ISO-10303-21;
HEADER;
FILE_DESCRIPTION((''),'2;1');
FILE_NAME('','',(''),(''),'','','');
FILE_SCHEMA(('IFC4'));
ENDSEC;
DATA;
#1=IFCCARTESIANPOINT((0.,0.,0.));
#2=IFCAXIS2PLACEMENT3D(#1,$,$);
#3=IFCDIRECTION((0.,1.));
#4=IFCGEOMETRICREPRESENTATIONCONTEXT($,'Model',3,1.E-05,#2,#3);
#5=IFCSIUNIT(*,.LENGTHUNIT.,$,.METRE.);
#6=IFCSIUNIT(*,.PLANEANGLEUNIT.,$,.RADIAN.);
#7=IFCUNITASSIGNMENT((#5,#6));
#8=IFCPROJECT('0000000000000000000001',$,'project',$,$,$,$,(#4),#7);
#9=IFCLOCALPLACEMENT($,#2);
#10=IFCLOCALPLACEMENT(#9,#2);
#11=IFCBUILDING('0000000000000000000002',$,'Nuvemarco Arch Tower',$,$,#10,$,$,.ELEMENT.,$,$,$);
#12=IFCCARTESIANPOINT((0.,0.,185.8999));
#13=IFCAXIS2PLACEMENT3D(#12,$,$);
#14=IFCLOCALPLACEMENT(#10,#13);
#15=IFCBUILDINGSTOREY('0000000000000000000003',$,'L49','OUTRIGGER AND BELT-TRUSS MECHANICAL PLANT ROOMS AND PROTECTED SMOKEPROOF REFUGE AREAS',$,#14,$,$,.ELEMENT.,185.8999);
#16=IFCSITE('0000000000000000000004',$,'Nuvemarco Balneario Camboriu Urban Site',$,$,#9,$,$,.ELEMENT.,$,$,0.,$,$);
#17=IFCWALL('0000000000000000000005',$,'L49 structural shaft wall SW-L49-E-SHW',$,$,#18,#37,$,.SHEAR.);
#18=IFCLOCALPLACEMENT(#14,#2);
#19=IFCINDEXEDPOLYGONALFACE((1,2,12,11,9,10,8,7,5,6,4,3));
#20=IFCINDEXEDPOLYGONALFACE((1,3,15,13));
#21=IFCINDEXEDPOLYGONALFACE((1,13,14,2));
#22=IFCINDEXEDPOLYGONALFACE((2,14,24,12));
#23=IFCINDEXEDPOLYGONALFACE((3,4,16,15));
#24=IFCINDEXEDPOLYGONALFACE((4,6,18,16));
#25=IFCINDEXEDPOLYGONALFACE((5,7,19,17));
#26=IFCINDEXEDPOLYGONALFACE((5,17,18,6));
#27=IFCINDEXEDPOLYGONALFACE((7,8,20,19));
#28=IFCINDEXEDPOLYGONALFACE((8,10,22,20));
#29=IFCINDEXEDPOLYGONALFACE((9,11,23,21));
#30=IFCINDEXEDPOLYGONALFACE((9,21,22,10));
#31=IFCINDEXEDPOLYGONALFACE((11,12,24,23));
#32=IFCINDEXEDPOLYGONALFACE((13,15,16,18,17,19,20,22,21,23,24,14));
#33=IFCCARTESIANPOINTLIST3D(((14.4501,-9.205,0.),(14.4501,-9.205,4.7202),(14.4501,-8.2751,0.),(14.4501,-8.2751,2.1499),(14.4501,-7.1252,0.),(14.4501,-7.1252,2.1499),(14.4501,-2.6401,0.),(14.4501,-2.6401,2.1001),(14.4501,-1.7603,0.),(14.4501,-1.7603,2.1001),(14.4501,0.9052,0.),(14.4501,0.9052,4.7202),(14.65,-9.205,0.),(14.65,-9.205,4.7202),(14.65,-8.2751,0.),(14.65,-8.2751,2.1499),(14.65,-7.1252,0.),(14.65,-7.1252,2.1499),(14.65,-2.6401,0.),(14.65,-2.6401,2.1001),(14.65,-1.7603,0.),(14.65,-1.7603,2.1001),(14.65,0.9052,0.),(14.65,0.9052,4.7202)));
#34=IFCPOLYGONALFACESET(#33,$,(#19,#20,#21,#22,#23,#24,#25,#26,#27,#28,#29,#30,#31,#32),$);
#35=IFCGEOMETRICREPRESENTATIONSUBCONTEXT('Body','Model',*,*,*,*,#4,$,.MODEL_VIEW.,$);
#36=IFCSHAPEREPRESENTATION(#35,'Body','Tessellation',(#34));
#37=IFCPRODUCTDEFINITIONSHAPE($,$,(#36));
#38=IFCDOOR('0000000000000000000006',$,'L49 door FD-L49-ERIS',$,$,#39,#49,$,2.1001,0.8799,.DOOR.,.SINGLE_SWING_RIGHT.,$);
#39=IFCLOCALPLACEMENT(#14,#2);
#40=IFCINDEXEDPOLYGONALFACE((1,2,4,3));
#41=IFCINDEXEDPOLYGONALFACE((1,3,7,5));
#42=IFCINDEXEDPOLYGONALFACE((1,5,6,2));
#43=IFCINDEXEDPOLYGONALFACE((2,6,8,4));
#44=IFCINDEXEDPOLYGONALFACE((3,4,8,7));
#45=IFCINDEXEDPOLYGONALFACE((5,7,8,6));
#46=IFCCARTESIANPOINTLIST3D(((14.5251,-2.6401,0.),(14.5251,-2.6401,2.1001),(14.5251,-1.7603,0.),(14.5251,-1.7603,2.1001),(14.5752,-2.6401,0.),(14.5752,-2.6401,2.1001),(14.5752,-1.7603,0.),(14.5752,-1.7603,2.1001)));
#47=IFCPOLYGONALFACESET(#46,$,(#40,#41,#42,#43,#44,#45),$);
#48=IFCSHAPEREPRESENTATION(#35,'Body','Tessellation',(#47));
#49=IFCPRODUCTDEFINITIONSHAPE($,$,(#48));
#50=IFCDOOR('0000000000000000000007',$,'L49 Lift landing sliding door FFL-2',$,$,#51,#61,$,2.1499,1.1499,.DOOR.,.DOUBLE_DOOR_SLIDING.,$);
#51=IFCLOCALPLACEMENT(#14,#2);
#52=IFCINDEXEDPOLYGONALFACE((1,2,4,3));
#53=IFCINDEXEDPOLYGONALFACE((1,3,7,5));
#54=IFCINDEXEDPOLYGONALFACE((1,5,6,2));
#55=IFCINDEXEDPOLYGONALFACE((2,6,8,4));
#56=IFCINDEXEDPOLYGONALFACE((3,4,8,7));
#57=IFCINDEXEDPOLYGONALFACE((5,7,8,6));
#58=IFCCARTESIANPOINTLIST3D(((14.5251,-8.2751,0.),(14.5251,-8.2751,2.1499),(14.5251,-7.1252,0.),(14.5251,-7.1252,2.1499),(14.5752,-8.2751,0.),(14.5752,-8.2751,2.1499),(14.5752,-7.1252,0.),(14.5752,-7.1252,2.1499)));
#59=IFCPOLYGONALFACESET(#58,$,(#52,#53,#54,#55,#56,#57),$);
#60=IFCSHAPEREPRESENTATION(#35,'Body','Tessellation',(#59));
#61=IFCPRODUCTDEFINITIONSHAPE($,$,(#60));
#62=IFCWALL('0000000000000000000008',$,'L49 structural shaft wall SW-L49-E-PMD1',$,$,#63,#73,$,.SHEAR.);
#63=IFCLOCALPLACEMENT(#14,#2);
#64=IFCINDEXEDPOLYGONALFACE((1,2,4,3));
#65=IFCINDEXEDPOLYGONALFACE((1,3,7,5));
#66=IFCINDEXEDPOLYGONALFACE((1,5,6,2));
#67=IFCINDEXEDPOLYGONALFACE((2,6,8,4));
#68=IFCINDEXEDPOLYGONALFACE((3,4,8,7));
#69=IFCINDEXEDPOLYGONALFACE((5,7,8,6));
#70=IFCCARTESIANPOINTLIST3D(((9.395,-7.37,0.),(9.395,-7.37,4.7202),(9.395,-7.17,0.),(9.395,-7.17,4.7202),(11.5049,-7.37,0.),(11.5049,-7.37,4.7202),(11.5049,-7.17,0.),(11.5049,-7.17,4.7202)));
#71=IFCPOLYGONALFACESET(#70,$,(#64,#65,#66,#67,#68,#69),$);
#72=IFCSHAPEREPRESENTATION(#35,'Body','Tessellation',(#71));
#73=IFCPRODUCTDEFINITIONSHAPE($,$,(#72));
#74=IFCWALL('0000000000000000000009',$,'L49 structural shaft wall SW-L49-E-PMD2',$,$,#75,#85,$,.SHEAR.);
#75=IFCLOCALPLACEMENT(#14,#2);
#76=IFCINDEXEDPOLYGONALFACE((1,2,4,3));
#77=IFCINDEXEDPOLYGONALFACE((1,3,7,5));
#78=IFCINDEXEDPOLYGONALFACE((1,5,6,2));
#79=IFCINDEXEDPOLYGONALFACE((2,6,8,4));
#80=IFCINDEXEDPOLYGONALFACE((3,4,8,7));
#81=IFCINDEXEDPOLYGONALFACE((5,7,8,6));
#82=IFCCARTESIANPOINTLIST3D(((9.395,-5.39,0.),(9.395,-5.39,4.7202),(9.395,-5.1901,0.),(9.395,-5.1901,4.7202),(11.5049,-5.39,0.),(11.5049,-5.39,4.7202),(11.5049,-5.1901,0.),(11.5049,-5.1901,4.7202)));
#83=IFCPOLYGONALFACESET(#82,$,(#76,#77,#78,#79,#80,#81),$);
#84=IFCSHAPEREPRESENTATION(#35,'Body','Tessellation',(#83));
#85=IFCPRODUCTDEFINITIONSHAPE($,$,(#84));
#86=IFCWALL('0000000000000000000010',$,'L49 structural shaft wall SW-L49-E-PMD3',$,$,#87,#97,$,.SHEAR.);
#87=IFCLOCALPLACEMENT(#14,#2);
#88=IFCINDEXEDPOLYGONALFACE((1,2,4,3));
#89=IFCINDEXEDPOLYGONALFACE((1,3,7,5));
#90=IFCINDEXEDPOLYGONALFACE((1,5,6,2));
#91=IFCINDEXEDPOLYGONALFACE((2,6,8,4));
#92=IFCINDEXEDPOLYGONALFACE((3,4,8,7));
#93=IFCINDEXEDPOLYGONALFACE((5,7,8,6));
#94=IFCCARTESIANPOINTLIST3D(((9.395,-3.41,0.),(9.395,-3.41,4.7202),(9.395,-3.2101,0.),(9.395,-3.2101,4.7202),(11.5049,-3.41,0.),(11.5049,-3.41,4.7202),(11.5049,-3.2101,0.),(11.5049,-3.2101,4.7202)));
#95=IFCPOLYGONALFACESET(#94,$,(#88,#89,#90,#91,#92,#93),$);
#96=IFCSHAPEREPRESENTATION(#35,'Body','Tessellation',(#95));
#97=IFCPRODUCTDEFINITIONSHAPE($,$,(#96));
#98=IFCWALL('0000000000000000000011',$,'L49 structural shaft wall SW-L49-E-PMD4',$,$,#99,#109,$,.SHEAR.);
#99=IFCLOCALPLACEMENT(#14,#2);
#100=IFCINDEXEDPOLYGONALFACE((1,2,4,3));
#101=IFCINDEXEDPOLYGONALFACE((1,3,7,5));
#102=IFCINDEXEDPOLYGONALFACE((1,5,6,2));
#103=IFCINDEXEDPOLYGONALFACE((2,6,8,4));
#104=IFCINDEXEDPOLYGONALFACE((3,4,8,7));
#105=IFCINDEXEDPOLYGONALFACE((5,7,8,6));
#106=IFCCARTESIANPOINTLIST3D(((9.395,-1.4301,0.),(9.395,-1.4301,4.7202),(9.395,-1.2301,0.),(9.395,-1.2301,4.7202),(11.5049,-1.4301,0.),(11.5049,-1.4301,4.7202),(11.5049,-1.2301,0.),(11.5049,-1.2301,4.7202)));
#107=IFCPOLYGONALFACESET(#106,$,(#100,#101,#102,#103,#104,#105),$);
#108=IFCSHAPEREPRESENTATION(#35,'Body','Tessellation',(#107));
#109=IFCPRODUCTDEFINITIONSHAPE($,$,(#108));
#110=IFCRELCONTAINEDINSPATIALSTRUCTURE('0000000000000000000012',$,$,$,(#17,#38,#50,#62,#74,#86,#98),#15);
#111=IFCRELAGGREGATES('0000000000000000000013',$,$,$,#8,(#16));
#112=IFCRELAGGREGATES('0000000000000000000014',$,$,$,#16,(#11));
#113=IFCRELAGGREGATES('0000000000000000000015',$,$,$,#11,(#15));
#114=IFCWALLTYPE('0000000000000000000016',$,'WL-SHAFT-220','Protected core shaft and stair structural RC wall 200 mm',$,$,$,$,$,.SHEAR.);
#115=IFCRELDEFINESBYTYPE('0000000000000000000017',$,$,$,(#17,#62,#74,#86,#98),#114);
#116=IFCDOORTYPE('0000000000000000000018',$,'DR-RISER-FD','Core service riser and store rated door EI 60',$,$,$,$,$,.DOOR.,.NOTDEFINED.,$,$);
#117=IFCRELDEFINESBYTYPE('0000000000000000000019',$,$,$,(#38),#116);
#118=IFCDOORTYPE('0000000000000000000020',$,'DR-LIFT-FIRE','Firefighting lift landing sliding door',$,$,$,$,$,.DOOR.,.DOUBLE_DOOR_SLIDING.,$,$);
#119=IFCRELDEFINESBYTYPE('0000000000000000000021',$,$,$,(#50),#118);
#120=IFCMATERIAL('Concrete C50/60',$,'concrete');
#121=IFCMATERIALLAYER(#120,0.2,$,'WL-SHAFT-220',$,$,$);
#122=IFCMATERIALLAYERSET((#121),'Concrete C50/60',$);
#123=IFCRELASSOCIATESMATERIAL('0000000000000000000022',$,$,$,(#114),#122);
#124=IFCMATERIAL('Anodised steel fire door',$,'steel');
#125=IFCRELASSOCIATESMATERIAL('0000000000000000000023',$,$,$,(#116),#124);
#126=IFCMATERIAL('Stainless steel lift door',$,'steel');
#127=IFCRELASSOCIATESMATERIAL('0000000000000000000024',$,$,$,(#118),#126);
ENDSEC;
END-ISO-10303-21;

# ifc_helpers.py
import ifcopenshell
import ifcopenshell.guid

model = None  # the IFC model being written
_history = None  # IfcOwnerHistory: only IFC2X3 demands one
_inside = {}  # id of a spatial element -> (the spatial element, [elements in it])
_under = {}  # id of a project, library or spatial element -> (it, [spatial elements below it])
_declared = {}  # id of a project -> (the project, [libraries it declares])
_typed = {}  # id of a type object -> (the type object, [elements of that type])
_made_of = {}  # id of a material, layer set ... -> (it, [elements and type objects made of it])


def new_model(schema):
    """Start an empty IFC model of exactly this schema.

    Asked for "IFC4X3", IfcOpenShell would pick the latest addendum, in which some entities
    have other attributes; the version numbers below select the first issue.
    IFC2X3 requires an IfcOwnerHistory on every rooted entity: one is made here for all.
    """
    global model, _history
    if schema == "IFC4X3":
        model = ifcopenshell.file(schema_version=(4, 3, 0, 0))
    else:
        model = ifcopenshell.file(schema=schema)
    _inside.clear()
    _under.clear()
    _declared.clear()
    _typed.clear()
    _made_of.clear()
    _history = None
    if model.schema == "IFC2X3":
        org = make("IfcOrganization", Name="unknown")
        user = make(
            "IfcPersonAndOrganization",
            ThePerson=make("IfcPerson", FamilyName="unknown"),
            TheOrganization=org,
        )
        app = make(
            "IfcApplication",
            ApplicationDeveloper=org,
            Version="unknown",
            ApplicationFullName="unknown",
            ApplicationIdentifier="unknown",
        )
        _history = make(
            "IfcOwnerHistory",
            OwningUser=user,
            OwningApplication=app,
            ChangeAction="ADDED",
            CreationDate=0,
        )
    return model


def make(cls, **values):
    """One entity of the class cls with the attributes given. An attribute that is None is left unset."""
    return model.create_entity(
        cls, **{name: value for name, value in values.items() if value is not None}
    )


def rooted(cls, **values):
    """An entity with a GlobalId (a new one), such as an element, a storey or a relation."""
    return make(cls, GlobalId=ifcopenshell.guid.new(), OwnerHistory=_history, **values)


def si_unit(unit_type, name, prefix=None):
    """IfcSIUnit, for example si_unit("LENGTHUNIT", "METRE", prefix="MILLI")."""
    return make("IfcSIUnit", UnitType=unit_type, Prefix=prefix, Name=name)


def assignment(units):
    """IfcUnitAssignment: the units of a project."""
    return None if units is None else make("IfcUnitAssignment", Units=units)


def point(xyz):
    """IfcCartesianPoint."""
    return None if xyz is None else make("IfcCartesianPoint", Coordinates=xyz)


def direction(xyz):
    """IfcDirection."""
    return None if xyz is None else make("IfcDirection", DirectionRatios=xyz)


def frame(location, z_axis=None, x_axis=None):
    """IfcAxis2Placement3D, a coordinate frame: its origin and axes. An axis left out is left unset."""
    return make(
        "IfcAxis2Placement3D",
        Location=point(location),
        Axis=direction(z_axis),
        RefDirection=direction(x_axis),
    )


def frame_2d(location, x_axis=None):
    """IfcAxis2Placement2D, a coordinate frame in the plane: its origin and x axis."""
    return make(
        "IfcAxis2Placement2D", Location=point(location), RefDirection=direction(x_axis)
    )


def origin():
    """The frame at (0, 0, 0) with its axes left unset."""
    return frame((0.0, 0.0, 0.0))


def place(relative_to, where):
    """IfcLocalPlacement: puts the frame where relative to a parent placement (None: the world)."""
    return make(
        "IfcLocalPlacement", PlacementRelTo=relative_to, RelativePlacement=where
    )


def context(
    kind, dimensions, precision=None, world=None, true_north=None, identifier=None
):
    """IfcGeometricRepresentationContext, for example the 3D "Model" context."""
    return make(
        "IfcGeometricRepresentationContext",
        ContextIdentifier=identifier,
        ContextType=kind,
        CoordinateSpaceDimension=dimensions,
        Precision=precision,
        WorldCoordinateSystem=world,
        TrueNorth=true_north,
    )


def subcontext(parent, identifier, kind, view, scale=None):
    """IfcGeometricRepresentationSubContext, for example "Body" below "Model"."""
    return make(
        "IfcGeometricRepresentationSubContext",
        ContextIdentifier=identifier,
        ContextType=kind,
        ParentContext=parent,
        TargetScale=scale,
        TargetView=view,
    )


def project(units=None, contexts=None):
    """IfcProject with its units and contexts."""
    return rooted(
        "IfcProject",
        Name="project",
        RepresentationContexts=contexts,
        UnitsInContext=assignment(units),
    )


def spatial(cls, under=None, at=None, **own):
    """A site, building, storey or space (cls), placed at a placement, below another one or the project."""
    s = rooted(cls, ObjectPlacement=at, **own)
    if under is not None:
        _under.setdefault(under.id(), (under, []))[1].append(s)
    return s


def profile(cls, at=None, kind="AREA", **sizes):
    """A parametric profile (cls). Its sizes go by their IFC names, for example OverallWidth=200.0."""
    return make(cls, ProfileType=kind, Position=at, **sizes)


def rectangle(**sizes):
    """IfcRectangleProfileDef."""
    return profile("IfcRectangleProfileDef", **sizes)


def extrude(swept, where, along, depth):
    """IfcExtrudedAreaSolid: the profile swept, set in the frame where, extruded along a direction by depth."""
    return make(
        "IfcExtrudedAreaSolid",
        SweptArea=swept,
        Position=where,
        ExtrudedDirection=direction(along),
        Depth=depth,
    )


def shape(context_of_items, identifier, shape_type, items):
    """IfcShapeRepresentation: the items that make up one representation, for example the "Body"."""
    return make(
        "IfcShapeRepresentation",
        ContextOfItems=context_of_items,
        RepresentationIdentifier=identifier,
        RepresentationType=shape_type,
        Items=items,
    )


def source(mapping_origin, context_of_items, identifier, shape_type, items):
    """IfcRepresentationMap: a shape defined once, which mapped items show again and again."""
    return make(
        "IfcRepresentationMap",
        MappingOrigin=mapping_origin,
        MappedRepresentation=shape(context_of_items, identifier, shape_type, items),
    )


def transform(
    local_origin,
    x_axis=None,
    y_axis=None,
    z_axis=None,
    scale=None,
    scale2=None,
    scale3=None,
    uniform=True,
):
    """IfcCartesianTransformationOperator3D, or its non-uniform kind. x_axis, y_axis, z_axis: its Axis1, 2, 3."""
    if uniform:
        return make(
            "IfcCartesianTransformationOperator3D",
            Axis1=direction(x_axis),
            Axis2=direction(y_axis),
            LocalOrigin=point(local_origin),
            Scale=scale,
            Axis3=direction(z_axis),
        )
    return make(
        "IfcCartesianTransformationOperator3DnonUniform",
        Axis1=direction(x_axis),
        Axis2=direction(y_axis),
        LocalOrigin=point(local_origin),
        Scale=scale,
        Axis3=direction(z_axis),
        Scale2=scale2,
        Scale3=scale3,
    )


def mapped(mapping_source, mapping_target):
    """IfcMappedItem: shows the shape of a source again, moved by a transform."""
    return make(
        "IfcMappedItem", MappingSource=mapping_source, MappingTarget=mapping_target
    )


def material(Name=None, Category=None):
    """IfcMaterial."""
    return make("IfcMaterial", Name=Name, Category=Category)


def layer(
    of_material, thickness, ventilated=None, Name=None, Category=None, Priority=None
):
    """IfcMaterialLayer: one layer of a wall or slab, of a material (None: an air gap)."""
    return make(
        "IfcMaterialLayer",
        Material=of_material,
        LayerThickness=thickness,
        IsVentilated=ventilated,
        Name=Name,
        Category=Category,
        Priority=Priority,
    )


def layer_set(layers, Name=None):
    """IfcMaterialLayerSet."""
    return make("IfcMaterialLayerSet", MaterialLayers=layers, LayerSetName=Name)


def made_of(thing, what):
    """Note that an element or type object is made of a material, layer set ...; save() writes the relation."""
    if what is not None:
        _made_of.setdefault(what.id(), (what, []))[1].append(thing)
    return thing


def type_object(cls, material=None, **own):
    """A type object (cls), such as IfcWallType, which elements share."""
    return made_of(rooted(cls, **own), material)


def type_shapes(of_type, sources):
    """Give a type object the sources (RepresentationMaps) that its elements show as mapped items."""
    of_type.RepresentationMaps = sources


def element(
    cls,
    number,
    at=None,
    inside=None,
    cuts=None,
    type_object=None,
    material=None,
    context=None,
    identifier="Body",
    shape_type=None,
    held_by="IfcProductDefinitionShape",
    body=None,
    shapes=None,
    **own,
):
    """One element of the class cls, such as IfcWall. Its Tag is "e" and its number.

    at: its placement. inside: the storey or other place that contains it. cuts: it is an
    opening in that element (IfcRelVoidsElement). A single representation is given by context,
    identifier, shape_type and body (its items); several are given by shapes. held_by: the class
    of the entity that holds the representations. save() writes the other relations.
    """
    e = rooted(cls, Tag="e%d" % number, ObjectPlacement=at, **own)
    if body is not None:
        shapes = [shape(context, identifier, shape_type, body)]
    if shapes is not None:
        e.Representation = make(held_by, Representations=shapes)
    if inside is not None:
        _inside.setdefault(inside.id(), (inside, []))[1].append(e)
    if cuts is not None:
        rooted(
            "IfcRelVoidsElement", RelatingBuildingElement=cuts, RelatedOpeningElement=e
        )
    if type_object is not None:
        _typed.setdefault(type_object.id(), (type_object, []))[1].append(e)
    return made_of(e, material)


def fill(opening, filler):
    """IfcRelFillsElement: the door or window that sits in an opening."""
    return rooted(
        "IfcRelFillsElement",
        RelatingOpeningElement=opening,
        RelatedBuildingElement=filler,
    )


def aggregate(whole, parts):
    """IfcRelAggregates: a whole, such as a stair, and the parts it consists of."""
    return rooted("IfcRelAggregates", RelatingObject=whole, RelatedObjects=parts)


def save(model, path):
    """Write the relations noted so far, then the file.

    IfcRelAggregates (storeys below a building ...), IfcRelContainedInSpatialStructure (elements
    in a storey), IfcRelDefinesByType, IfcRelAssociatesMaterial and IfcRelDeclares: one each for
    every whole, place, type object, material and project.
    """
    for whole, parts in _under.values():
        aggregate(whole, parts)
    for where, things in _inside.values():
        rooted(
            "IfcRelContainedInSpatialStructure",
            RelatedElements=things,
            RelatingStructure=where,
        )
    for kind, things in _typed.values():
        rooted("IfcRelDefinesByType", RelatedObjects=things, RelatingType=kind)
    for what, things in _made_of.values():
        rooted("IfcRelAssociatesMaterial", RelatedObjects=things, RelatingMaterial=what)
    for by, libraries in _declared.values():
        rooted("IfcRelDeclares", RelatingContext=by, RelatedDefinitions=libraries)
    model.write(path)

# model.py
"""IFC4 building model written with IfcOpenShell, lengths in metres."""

from ifc_helpers import new_model, si_unit, direction, frame, frame_2d, origin, place, context, subcontext, project, spatial, rectangle, extrude, source, transform, mapped, material, layer, layer_set, type_object, type_shapes, element, fill, save


model = new_model("IFC4")

# Units and contexts
model_context = context("Model", 3, precision=1e-05, world=origin(), true_north=direction((0.0, 1.0)))
body_context = subcontext(model_context, "Body", "Model", "MODEL_VIEW")
ifc_project = project(units=[si_unit("LENGTHUNIT", "METRE"), si_unit("PLANEANGLEUNIT", "RADIAN")], contexts=[model_context])

# Site, building, storey
site_placement = place(None, origin())
site = spatial("IfcSite", under=ifc_project, at=site_placement, Name="Nuvemarco Balneario Camboriu Urban Site", CompositionType="ELEMENT", RefElevation=0.0)
building_placement = place(site_placement, origin())
building = spatial("IfcBuilding", under=site, at=building_placement, Name="Nuvemarco Arch Tower", CompositionType="ELEMENT")
storey_placement = place(building_placement, frame((0.0, 0.0, 185.8999)))
storey = spatial("IfcBuildingStorey", under=building, at=storey_placement, Name="L49", Description="OUTRIGGER AND BELT-TRUSS MECHANICAL PLANT ROOMS AND PROTECTED SMOKEPROOF REFUGE AREAS", CompositionType="ELEMENT", Elevation=185.8999)

# Shared definitions
ifc_material_1 = material(Name="Concrete C50/60", Category="concrete")

# Shared definitions
ifc_material_2 = material(Name="Anodised steel fire door", Category="steel")

# Wall, openings, doors
ifc_layer_1 = layer(ifc_material_1, 0.2, Name="WL-SHAFT-220")
ifc_layer_set_1 = layer_set([ifc_layer_1], Name="Concrete C50/60")
wall_type_1 = type_object("IfcWallType", Name="WL-SHAFT-220", Description="Protected core shaft and stair structural RC wall 200 mm", PredefinedType="SHEAR", material=ifc_layer_set_1)
wall_1_placement = place(storey_placement, frame((14.55, -9.2051, 0.0), z_axis=(0.0, 0.0, 1.0), x_axis=(0.0, 1.0, 0.0)))
wall_1 = element("IfcWall", 1, at=wall_1_placement, inside=storey, type_object=wall_type_1, Name="L49 structural shaft wall SW-L49-E-SHW", PredefinedType="SHEAR", context=body_context, shape_type="SweptSolid", body=[
    extrude(rectangle(XDim=10.1101, YDim=0.2, at=frame_2d((5.0552, 0.0))), origin(), (0.0, 0.0, 1.0), 4.7202),
])
opening_1_placement = place(wall_1_placement, frame((6.5649, 0.0, 0.0)))
opening_1 = element("IfcOpeningElement", 2, at=opening_1_placement, cuts=wall_1, PredefinedType="OPENING", context=body_context, shape_type="SweptSolid", body=[
    extrude(rectangle(XDim=0.8799, YDim=2.1001, at=frame_2d((0.4399, 1.05))), frame((0.0, 0.1099, 0.0), z_axis=(0.0, -1.0, 0.0), x_axis=(1.0, 0.0, 0.0)), (0.0, 0.0, 1.0), 0.22),
])
opening_2_placement = place(wall_1_placement, frame((0.9299, 0.0, 0.0)))
opening_2 = element("IfcOpeningElement", 3, at=opening_2_placement, cuts=wall_1, PredefinedType="OPENING", context=body_context, shape_type="SweptSolid", body=[
    extrude(rectangle(XDim=1.1499, YDim=2.1499, at=frame_2d((0.575, 1.075))), frame((0.0, 0.1099, 0.0), z_axis=(0.0, -1.0, 0.0), x_axis=(1.0, 0.0, 0.0)), (0.0, 0.0, 1.0), 0.22),
])
door_type_1 = type_object("IfcDoorType", Name="DR-RISER-FD", Description="Core service riser and store rated door EI 60", OperationType="NOTDEFINED", PredefinedType="DOOR", material=ifc_material_2)
shared_shape_1 = source(origin(), body_context, "Body", "SweptSolid", [
    extrude(rectangle(XDim=0.8799, YDim=2.1001, at=frame_2d((0.4399, 1.05))), frame((0.0, 0.0249, 0.0), z_axis=(0.0, -1.0, 0.0), x_axis=(1.0, 0.0, 0.0)), (0.0, 0.0, 1.0), 0.05),
])
type_shapes(door_type_1, [shared_shape_1])
door_1_placement = place(opening_1_placement, origin())
door_1 = element("IfcDoor", 4, at=door_1_placement, inside=storey, type_object=door_type_1, Name="L49 door FD-L49-ERIS", OperationType="SINGLE_SWING_RIGHT", OverallHeight=2.1001, OverallWidth=0.8799, PredefinedType="DOOR", context=body_context, shape_type="MappedRepresentation", body=[
    mapped(shared_shape_1, transform((0.0, 0.0, 0.0), scale=1.0)),
])
fill(opening_1, door_1)
ifc_material_3 = material(Name="Stainless steel lift door", Category="steel")
door_type_2 = type_object("IfcDoorType", Name="DR-LIFT-FIRE", Description="Firefighting lift landing sliding door", OperationType="DOUBLE_DOOR_SLIDING", PredefinedType="DOOR", material=ifc_material_3)
shared_shape_2 = source(origin(), body_context, "Body", "SweptSolid", [
    extrude(rectangle(XDim=1.1499, YDim=2.1499, at=frame_2d((0.575, 1.075))), frame((0.0, 0.0249, 0.0), z_axis=(0.0, -1.0, 0.0), x_axis=(1.0, 0.0, 0.0)), (0.0, 0.0, 1.0), 0.05),
])
type_shapes(door_type_2, [shared_shape_2])
door_2_placement = place(opening_2_placement, origin())
door_2 = element("IfcDoor", 5, at=door_2_placement, inside=storey, type_object=door_type_2, Name="L49 Lift landing sliding door FFL-2", OperationType="DOUBLE_DOOR_SLIDING", OverallHeight=2.1499, OverallWidth=1.1499, PredefinedType="DOOR", context=body_context, shape_type="MappedRepresentation", body=[
    mapped(shared_shape_2, transform((0.0, 0.0, 0.0), scale=1.0)),
])
fill(opening_2, door_2)

# Walls
for number, where, z_axis, x_axis, name in (
    (6, (9.395, -7.27, 0.0), (0.0, 0.0, 1.0), (1.0, 0.0, 0.0), "L49 structural shaft wall SW-L49-E-PMD1"),
    (7, (9.395, -5.29, 0.0), (0.0, 0.0, 1.0), (1.0, 0.0, 0.0), "L49 structural shaft wall SW-L49-E-PMD2"),
    (8, (9.395, -3.3101, 0.0), (0.0, 0.0, 1.0), (1.0, 0.0, 0.0), "L49 structural shaft wall SW-L49-E-PMD3"),
    (9, (9.395, -1.3301, 0.0), (0.0, 0.0, 1.0), (1.0, 0.0, 0.0), "L49 structural shaft wall SW-L49-E-PMD4"),
):
    element("IfcWall", number, at=place(storey_placement, frame(where, z_axis=z_axis, x_axis=x_axis)), inside=storey, type_object=wall_type_1, Name=name, PredefinedType="SHEAR", context=body_context, shape_type="SweptSolid", body=[
        extrude(rectangle(XDim=2.1099, YDim=0.2, at=frame_2d((1.0549, 0.0))), origin(), (0.0, 0.0, 1.0), 4.7202),
    ])

save(model, "model.ifc")
